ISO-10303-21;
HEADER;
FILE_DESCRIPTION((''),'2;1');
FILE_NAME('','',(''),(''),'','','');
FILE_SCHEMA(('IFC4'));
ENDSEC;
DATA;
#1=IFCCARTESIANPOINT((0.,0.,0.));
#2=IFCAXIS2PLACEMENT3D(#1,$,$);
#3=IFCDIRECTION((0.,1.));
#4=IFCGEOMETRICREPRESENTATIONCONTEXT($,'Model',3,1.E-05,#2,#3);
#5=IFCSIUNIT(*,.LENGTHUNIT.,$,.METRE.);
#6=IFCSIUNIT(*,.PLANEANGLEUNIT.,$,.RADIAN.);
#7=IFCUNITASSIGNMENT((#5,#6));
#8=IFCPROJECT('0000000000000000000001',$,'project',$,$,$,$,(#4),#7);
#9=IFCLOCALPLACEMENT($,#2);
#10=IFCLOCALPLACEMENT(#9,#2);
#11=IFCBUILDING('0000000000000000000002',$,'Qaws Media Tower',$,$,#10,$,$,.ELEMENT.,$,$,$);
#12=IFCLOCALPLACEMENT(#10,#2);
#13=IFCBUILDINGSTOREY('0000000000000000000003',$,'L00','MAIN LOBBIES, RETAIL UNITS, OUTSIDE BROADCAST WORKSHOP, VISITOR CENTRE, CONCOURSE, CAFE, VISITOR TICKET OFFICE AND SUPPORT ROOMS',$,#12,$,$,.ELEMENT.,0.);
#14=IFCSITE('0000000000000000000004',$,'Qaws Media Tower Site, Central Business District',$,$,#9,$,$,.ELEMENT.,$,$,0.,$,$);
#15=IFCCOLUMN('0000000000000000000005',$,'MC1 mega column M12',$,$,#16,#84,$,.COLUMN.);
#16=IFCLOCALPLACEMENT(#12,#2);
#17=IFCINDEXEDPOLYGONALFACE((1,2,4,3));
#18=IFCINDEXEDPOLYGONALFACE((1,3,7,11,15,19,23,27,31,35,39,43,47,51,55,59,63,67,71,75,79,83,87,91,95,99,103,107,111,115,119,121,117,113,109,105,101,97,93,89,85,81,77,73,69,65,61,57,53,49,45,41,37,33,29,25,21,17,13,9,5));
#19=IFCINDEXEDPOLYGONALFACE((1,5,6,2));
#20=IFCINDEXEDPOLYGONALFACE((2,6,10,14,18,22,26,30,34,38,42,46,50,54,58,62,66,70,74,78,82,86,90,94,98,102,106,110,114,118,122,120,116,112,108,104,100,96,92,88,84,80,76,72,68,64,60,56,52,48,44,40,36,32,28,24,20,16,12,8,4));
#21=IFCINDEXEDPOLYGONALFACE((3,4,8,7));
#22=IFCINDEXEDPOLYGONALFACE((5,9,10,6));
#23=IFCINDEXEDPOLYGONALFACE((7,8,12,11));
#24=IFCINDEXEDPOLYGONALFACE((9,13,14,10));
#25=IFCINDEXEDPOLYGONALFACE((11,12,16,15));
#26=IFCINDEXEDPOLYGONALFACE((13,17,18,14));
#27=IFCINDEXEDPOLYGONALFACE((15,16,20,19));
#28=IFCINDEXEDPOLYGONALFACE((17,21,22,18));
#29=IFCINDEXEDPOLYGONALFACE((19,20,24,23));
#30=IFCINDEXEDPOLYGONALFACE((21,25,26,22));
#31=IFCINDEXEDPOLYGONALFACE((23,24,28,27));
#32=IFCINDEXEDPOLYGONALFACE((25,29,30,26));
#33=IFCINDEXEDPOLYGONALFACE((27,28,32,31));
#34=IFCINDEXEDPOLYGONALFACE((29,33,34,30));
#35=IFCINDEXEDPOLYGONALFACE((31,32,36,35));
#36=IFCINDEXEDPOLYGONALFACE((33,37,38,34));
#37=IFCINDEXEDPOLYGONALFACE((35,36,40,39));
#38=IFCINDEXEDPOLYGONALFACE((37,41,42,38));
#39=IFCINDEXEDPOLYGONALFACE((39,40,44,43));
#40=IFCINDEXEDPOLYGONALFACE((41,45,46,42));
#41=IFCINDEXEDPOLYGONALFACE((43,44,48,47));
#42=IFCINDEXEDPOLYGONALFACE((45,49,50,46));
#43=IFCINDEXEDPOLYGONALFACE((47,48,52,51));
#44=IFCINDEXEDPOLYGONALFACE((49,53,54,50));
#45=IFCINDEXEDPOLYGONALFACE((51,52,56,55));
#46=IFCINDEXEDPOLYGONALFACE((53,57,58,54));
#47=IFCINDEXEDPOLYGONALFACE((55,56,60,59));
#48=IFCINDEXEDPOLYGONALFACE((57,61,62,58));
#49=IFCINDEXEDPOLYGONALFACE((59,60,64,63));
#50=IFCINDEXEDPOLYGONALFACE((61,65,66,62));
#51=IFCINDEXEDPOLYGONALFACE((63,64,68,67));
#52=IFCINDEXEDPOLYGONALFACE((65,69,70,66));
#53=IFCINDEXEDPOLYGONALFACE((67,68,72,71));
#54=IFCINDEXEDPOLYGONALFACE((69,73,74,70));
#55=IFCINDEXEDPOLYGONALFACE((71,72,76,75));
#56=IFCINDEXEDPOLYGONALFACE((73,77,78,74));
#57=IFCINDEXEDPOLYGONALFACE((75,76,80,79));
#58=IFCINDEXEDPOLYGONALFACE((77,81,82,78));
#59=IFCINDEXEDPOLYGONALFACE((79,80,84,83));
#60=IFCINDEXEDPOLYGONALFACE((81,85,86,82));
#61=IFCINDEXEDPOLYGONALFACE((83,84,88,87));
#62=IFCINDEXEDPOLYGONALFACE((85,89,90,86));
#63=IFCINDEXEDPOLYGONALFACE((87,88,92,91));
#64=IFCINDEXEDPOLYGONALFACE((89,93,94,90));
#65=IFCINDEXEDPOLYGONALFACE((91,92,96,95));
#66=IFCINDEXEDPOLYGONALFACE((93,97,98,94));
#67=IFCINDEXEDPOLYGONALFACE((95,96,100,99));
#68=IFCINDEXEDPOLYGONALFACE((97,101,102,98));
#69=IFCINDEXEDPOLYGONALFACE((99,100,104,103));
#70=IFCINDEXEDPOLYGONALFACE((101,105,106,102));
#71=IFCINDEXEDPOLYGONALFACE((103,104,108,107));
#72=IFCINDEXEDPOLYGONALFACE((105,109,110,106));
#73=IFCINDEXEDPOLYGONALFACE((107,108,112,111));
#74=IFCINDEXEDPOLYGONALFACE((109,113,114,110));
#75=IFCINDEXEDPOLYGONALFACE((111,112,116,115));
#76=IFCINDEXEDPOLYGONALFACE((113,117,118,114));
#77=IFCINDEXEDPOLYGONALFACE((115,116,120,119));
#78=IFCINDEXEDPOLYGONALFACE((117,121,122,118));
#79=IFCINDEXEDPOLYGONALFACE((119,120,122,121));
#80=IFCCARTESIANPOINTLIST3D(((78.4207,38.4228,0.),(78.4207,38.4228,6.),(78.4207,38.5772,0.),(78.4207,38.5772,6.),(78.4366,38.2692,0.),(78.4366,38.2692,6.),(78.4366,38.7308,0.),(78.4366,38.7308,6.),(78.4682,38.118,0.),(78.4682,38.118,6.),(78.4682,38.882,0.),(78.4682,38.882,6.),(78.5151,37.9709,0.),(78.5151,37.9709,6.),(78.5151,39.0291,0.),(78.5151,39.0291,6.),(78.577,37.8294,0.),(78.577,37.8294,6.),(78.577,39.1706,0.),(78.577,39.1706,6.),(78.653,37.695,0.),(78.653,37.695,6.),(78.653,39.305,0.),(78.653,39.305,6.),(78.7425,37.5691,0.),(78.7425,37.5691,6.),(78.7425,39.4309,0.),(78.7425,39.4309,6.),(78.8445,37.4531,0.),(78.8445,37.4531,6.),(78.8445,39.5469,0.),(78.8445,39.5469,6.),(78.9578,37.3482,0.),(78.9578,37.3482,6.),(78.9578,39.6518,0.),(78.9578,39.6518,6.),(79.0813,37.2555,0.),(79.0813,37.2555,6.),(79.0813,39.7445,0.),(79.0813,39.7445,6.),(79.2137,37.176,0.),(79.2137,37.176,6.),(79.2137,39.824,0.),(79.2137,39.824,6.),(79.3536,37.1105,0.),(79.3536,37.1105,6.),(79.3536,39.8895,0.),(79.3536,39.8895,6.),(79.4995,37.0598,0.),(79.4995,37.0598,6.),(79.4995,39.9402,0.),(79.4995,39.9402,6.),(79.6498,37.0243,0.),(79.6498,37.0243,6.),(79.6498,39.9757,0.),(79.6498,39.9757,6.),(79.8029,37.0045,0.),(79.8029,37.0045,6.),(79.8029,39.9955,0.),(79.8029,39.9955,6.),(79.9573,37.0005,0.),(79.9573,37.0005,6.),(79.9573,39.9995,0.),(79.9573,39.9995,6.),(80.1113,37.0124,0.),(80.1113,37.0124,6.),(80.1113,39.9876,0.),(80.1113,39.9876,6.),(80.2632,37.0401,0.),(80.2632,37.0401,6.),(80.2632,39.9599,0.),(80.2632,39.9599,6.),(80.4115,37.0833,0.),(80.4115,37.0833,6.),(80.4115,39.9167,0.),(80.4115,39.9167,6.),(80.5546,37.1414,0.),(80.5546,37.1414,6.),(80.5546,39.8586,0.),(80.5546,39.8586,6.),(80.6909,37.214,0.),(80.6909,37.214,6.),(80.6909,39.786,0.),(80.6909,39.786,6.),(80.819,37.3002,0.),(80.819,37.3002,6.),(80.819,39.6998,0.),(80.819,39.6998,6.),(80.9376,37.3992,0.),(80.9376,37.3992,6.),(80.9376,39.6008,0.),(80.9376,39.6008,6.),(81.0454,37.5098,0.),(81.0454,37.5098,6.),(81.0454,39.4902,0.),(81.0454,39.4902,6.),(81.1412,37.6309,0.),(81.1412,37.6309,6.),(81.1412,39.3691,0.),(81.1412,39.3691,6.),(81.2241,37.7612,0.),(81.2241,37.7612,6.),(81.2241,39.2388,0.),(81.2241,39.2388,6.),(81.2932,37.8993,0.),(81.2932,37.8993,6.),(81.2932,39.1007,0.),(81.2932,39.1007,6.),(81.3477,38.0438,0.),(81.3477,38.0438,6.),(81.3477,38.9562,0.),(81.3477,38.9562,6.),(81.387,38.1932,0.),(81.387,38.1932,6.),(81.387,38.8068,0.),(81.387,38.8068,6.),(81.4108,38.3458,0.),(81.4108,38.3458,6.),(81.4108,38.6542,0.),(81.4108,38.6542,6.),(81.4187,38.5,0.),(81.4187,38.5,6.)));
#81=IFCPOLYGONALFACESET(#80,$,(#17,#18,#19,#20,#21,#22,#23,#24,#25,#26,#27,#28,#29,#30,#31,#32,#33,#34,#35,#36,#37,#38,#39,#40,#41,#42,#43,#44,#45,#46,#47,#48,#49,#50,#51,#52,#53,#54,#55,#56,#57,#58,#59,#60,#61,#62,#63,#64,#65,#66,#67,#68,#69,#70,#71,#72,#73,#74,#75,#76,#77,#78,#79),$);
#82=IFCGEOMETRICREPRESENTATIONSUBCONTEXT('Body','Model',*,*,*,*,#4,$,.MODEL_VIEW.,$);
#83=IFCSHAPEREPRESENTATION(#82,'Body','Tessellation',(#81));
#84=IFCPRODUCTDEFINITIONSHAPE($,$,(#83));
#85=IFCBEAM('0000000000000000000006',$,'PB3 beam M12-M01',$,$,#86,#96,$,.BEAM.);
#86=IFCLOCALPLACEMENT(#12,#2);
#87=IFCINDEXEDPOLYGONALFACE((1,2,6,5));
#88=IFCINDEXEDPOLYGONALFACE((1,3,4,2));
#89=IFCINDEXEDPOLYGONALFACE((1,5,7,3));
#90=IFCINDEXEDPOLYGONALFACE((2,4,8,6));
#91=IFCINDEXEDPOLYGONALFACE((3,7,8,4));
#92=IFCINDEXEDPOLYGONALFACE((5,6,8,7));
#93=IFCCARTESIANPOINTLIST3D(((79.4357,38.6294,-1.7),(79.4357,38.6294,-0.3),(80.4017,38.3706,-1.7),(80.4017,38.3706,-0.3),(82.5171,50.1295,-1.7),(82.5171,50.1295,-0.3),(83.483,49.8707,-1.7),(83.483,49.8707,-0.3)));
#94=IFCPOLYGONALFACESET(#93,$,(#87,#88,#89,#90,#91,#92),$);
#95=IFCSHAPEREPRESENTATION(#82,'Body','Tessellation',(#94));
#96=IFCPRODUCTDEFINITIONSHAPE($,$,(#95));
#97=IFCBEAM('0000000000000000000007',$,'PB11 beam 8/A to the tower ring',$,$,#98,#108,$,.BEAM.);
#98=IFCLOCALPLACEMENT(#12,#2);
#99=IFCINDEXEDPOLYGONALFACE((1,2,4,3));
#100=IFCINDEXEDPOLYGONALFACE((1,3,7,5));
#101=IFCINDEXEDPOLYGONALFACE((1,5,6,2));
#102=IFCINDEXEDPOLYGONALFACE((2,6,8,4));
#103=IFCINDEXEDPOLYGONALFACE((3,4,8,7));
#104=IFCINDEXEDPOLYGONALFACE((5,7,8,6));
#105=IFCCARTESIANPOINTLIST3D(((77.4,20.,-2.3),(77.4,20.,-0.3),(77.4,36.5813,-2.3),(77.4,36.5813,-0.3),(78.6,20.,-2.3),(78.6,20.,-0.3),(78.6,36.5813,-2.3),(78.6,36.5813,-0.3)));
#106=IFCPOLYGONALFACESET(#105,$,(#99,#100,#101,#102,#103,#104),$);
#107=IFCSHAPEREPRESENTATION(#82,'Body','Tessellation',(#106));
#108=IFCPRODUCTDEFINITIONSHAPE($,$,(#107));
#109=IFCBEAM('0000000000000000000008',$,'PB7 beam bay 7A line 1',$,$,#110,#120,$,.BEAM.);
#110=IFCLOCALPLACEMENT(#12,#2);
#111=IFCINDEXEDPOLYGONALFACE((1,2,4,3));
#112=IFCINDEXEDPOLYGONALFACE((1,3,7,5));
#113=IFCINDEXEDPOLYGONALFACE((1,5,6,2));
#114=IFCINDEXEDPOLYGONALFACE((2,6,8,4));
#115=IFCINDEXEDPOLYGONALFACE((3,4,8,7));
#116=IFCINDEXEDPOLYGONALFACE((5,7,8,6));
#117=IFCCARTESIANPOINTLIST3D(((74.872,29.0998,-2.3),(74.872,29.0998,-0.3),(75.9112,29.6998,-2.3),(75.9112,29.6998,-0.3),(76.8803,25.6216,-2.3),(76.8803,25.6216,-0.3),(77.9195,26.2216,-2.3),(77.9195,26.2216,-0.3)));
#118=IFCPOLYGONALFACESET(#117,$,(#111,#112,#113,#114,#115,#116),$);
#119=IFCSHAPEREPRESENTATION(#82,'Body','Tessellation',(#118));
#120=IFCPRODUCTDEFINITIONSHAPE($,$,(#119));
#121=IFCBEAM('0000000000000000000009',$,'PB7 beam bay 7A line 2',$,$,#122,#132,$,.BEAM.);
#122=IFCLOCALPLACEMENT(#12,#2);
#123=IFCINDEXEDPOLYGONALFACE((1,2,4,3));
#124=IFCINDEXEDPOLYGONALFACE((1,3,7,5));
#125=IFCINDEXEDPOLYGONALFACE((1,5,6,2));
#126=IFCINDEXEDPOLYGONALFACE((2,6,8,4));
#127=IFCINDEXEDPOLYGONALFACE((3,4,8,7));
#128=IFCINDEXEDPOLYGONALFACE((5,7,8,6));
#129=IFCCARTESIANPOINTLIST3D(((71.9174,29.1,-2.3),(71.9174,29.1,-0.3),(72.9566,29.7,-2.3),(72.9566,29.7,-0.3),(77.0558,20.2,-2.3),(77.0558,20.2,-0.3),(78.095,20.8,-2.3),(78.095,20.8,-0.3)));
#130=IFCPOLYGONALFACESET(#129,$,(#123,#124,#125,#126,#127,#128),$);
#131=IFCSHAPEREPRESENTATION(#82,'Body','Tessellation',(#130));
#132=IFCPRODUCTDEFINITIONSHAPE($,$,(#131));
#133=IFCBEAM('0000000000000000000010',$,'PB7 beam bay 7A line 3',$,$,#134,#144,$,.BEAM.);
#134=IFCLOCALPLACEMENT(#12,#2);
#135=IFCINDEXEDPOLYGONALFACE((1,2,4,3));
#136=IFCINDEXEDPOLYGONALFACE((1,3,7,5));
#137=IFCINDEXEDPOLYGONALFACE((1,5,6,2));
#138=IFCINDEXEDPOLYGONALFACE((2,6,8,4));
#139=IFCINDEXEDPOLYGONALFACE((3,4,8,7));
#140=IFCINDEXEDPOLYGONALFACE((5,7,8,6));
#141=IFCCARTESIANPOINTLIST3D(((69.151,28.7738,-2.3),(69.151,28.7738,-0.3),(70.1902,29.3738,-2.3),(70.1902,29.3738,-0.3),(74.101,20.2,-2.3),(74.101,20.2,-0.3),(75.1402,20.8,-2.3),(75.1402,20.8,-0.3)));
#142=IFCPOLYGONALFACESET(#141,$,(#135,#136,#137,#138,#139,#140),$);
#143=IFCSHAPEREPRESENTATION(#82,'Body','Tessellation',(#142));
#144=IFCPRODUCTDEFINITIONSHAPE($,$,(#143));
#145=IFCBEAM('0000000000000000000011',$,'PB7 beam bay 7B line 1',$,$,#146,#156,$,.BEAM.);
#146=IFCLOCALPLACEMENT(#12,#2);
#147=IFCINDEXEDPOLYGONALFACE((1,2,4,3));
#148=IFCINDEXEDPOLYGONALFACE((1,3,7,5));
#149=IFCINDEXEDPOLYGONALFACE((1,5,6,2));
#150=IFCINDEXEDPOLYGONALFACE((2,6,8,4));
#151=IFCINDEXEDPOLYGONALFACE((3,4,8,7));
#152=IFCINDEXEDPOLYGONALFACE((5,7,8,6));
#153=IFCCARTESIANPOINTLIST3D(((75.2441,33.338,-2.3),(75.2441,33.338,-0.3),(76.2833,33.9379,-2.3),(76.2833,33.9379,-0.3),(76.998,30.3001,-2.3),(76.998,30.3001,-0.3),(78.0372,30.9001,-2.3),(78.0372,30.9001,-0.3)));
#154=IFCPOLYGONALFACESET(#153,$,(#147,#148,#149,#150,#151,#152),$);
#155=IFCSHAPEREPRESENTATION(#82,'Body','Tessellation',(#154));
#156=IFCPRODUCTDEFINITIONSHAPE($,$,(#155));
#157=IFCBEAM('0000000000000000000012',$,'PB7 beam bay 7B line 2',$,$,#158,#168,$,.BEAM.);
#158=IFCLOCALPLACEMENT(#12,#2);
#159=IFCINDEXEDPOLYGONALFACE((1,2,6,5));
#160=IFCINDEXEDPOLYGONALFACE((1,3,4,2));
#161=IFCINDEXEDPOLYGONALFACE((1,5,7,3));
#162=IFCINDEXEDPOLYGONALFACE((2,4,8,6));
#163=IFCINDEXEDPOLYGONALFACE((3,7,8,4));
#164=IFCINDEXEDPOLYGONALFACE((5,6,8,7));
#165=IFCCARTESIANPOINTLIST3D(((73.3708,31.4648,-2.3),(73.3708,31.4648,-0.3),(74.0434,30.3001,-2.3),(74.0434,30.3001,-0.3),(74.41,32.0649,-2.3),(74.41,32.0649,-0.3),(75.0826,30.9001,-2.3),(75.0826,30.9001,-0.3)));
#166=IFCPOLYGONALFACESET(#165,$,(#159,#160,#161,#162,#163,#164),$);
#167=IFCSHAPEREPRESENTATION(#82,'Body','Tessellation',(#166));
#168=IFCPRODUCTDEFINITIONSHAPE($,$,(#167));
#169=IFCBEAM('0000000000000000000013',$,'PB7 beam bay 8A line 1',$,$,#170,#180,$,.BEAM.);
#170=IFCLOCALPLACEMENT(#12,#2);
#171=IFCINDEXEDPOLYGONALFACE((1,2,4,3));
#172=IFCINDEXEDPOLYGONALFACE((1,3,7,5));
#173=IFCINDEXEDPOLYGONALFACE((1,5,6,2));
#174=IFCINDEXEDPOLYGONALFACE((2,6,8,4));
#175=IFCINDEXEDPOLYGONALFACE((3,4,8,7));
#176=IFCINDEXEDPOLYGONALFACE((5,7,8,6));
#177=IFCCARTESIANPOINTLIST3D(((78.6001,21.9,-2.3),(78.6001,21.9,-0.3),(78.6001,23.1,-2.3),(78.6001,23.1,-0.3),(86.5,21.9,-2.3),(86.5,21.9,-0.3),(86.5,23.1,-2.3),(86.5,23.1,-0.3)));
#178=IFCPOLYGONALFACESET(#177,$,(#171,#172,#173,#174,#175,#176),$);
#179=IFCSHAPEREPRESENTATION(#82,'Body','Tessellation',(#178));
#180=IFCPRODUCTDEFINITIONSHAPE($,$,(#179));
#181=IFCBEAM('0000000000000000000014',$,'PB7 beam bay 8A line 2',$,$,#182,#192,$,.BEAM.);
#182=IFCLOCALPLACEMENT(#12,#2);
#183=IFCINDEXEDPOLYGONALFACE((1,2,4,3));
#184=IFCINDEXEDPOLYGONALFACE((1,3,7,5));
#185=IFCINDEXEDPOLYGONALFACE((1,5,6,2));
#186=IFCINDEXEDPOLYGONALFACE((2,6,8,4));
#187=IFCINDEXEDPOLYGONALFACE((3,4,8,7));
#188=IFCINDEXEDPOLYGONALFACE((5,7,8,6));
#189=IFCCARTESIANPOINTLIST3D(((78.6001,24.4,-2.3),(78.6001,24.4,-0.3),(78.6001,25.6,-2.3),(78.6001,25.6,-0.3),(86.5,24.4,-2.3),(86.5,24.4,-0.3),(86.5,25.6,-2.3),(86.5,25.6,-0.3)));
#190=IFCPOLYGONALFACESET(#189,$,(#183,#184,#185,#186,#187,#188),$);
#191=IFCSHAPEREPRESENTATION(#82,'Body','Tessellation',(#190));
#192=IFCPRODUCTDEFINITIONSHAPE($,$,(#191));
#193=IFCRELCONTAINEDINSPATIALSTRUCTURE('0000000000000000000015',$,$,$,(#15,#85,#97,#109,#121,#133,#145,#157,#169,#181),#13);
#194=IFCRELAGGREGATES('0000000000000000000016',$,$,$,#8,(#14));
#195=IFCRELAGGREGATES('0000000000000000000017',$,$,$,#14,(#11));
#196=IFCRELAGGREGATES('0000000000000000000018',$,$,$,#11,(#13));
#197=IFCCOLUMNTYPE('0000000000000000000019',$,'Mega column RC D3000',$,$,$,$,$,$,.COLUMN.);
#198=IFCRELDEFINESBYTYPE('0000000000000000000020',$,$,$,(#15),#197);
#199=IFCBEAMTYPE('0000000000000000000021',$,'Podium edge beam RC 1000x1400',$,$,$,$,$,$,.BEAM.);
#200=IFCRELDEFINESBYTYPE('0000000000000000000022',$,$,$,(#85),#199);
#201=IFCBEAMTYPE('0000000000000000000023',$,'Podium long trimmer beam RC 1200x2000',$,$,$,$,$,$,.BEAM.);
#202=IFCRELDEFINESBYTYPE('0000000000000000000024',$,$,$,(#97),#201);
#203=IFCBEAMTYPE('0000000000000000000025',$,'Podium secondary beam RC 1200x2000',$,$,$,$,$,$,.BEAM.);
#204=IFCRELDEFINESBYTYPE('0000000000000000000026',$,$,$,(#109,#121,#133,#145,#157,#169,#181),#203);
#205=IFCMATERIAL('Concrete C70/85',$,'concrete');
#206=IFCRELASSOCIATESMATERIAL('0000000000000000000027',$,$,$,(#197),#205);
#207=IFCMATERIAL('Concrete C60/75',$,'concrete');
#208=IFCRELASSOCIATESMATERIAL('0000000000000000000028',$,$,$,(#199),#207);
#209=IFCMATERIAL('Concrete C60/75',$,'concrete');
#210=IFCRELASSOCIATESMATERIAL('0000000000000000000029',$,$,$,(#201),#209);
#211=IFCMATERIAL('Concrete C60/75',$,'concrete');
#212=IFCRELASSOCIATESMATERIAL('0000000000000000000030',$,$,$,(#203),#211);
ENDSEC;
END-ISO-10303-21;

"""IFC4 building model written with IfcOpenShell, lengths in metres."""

from ifc_helpers import new_model, si_unit, direction, frame, origin, origin_2d, place, context, subcontext, project, spatial, rectangle, circle, extrude, material, material_profile, profile_set, type_object, element, save


model = new_model("IFC4")

# Units and contexts
model_context = context("Model", 3, precision=1e-05, world=origin(), true_north=direction((0.0, 1.0)))
body_context = subcontext(model_context, "Body", "Model", "MODEL_VIEW")
ifc_project = project(units=[si_unit("LENGTHUNIT", "METRE"), si_unit("PLANEANGLEUNIT", "RADIAN")], contexts=[model_context])

# Site, building, storey
site_placement = place(None, origin())
site = spatial("IfcSite", under=ifc_project, at=site_placement, Name="Qaws Media Tower Site, Central Business District", CompositionType="ELEMENT", RefElevation=0.0)
building_placement = place(site_placement, origin())
building = spatial("IfcBuilding", under=site, at=building_placement, Name="Qaws Media Tower", CompositionType="ELEMENT")
storey_placement = place(building_placement, origin())
storey = spatial("IfcBuildingStorey", under=building, at=storey_placement, Name="L00", Description="MAIN LOBBIES, RETAIL UNITS, OUTSIDE BROADCAST WORKSHOP, VISITOR CENTRE, CONCOURSE, CAFE, VISITOR TICKET OFFICE AND SUPPORT ROOMS", CompositionType="ELEMENT", Elevation=0.0)

# Column
ifc_material_1 = material(Name="Concrete C70/85", Category="concrete")
ifc_material_profile_1 = material_profile(ifc_material_1, circle(Radius=1.5, at=origin_2d()), Name="RC D3000")
ifc_profile_set_1 = profile_set([ifc_material_profile_1], Name="Concrete C70/85")
column_type = type_object("IfcColumnType", Name="Mega column RC D3000", PredefinedType="COLUMN", material=ifc_profile_set_1)
column_placement = place(storey_placement, frame((79.9187, 38.5, 0.0), z_axis=(0.0, 0.0, 1.0), x_axis=(1.0, 0.0, 0.0)))
element("IfcColumn", 1, at=column_placement, inside=storey, type_object=column_type, Name="MC1 mega column M12", PredefinedType="COLUMN", context=body_context, shape_type="SweptSolid", body=[
    extrude(circle(Radius=1.5, at=origin_2d()), origin(), (0.0, 0.0, 1.0), 6.0),
])

# Beams
ifc_material_2 = material(Name="Concrete C60/75", Category="concrete")
ifc_material_profile_2 = material_profile(ifc_material_2, rectangle(XDim=1.0, YDim=1.3999, at=origin_2d()), Name="RC 1000x1400")
ifc_profile_set_2 = profile_set([ifc_material_profile_2], Name="Concrete C60/75")
beam_type_1 = type_object("IfcBeamType", Name="Podium edge beam RC 1000x1400", PredefinedType="BEAM", material=ifc_profile_set_2)
beam_1_placement = place(storey_placement, frame((79.9187, 38.5, -1.0), z_axis=(0.25881, 0.965928, 0.0), x_axis=(-0.965928, 0.25881, 0.0)))
element("IfcBeam", 2, at=beam_1_placement, inside=storey, type_object=beam_type_1, Name="PB3 beam M12-M01", PredefinedType="BEAM", context=body_context, shape_type="SweptSolid", body=[
    extrude(rectangle(XDim=1.0, YDim=1.3999, at=origin_2d()), origin(), (0.0, 0.0, 1.0), 11.9058),
])
ifc_material_3 = material(Name="Concrete C60/75", Category="concrete")
ifc_material_profile_3 = material_profile(ifc_material_3, rectangle(XDim=1.2, YDim=2.0, at=origin_2d()), Name="RC 1200x2000")
ifc_profile_set_3 = profile_set([ifc_material_profile_3], Name="Concrete C60/75")
beam_type_2 = type_object("IfcBeamType", Name="Podium long trimmer beam RC 1200x2000", PredefinedType="BEAM", material=ifc_profile_set_3)
beam_2_placement = place(storey_placement, frame((78.0, 20.0, -1.3), z_axis=(0.0, 1.0, 0.0), x_axis=(-1.0, 0.0, 0.0)))
element("IfcBeam", 3, at=beam_2_placement, inside=storey, type_object=beam_type_2, Name="PB11 beam 8/A to the tower ring", PredefinedType="BEAM", context=body_context, shape_type="SweptSolid", body=[
    extrude(rectangle(XDim=1.2, YDim=2.0, at=origin_2d()), origin(), (0.0, 0.0, 1.0), 16.5813),
])
ifc_material_4 = material(Name="Concrete C60/75", Category="concrete")
ifc_material_profile_4 = material_profile(ifc_material_4, rectangle(XDim=1.2, YDim=2.0, at=origin_2d()), Name="RC 1200x2000")
ifc_profile_set_4 = profile_set([ifc_material_profile_4], Name="Concrete C60/75")
beam_type_3 = type_object("IfcBeamType", Name="Podium secondary beam RC 1200x2000", PredefinedType="BEAM", material=ifc_profile_set_4)
beam_3_placement = place(storey_placement, frame((77.3999, 25.9216, -1.3), z_axis=(-0.500022, 0.866012, 0.0), x_axis=(-0.866012, -0.500022, 0.0)))
element("IfcBeam", 4, at=beam_3_placement, inside=storey, type_object=beam_type_3, Name="PB7 beam bay 7A line 1", PredefinedType="BEAM", context=body_context, shape_type="SweptSolid", body=[
    extrude(rectangle(XDim=1.2, YDim=2.0, at=origin_2d()), origin(), (0.0, 0.0, 1.0), 4.0164),
])
beam_4_placement = place(storey_placement, frame((77.5754, 20.5, -1.3), z_axis=(-0.500005, 0.866023, 0.0), x_axis=(-0.866023, -0.500005, 0.0)))
element("IfcBeam", 5, at=beam_4_placement, inside=storey, type_object=beam_type_3, Name="PB7 beam bay 7A line 2", PredefinedType="BEAM", context=body_context, shape_type="SweptSolid", body=[
    extrude(rectangle(XDim=1.2, YDim=2.0, at=origin_2d()), origin(), (0.0, 0.0, 1.0), 10.2769),
])
beam_5_placement = place(storey_placement, frame((74.6206, 20.5, -1.3), z_axis=(-0.499993, 0.86603, 0.0), x_axis=(-0.86603, -0.499993, 0.0)))
element("IfcBeam", 6, at=beam_5_placement, inside=storey, type_object=beam_type_3, Name="PB7 beam bay 7A line 3", PredefinedType="BEAM", context=body_context, shape_type="SweptSolid", body=[
    extrude(rectangle(XDim=1.2, YDim=2.0, at=origin_2d()), origin(), (0.0, 0.0, 1.0), 9.9001),
])
beam_6_placement = place(storey_placement, frame((77.5176, 30.6001, -1.3), z_axis=(-0.500002, 0.866024, 0.0), x_axis=(-0.866024, -0.500002, 0.0)))
element("IfcBeam", 7, at=beam_6_placement, inside=storey, type_object=beam_type_3, Name="PB7 beam bay 7B line 1", PredefinedType="BEAM", context=body_context, shape_type="SweptSolid", body=[
    extrude(rectangle(XDim=1.2, YDim=2.0, at=origin_2d()), origin(), (0.0, 0.0, 1.0), 3.5078),
])
beam_7_placement = place(storey_placement, frame((74.563, 30.6001, -1.3), z_axis=(-0.500063, 0.865989, 0.0), x_axis=(-0.865989, -0.500063, 0.0)))
element("IfcBeam", 8, at=beam_7_placement, inside=storey, type_object=beam_type_3, Name="PB7 beam bay 7B line 2", PredefinedType="BEAM", context=body_context, shape_type="SweptSolid", body=[
    extrude(rectangle(XDim=1.2, YDim=2.0, at=origin_2d()), origin(), (0.0, 0.0, 1.0), 1.345),
])
for number, where, z_axis, x_axis, name in (
    (9, (78.6001, 22.5, -1.3), (1.0, 0.0, 0.0), (0.0, 1.0, 0.0), "PB7 beam bay 8A line 1"),
    (10, (78.6001, 25.0, -1.3), (1.0, 0.0, 0.0), (0.0, 1.0, 0.0), "PB7 beam bay 8A line 2"),
):
    element("IfcBeam", number, at=place(storey_placement, frame(where, z_axis=z_axis, x_axis=x_axis)), inside=storey, type_object=beam_type_3, Name=name, PredefinedType="BEAM", context=body_context, shape_type="SweptSolid", body=[
        extrude(rectangle(XDim=1.2, YDim=2.0, at=origin_2d()), origin(), (0.0, 0.0, 1.0), 7.8999),
    ])

save(model, "model.ifc")
